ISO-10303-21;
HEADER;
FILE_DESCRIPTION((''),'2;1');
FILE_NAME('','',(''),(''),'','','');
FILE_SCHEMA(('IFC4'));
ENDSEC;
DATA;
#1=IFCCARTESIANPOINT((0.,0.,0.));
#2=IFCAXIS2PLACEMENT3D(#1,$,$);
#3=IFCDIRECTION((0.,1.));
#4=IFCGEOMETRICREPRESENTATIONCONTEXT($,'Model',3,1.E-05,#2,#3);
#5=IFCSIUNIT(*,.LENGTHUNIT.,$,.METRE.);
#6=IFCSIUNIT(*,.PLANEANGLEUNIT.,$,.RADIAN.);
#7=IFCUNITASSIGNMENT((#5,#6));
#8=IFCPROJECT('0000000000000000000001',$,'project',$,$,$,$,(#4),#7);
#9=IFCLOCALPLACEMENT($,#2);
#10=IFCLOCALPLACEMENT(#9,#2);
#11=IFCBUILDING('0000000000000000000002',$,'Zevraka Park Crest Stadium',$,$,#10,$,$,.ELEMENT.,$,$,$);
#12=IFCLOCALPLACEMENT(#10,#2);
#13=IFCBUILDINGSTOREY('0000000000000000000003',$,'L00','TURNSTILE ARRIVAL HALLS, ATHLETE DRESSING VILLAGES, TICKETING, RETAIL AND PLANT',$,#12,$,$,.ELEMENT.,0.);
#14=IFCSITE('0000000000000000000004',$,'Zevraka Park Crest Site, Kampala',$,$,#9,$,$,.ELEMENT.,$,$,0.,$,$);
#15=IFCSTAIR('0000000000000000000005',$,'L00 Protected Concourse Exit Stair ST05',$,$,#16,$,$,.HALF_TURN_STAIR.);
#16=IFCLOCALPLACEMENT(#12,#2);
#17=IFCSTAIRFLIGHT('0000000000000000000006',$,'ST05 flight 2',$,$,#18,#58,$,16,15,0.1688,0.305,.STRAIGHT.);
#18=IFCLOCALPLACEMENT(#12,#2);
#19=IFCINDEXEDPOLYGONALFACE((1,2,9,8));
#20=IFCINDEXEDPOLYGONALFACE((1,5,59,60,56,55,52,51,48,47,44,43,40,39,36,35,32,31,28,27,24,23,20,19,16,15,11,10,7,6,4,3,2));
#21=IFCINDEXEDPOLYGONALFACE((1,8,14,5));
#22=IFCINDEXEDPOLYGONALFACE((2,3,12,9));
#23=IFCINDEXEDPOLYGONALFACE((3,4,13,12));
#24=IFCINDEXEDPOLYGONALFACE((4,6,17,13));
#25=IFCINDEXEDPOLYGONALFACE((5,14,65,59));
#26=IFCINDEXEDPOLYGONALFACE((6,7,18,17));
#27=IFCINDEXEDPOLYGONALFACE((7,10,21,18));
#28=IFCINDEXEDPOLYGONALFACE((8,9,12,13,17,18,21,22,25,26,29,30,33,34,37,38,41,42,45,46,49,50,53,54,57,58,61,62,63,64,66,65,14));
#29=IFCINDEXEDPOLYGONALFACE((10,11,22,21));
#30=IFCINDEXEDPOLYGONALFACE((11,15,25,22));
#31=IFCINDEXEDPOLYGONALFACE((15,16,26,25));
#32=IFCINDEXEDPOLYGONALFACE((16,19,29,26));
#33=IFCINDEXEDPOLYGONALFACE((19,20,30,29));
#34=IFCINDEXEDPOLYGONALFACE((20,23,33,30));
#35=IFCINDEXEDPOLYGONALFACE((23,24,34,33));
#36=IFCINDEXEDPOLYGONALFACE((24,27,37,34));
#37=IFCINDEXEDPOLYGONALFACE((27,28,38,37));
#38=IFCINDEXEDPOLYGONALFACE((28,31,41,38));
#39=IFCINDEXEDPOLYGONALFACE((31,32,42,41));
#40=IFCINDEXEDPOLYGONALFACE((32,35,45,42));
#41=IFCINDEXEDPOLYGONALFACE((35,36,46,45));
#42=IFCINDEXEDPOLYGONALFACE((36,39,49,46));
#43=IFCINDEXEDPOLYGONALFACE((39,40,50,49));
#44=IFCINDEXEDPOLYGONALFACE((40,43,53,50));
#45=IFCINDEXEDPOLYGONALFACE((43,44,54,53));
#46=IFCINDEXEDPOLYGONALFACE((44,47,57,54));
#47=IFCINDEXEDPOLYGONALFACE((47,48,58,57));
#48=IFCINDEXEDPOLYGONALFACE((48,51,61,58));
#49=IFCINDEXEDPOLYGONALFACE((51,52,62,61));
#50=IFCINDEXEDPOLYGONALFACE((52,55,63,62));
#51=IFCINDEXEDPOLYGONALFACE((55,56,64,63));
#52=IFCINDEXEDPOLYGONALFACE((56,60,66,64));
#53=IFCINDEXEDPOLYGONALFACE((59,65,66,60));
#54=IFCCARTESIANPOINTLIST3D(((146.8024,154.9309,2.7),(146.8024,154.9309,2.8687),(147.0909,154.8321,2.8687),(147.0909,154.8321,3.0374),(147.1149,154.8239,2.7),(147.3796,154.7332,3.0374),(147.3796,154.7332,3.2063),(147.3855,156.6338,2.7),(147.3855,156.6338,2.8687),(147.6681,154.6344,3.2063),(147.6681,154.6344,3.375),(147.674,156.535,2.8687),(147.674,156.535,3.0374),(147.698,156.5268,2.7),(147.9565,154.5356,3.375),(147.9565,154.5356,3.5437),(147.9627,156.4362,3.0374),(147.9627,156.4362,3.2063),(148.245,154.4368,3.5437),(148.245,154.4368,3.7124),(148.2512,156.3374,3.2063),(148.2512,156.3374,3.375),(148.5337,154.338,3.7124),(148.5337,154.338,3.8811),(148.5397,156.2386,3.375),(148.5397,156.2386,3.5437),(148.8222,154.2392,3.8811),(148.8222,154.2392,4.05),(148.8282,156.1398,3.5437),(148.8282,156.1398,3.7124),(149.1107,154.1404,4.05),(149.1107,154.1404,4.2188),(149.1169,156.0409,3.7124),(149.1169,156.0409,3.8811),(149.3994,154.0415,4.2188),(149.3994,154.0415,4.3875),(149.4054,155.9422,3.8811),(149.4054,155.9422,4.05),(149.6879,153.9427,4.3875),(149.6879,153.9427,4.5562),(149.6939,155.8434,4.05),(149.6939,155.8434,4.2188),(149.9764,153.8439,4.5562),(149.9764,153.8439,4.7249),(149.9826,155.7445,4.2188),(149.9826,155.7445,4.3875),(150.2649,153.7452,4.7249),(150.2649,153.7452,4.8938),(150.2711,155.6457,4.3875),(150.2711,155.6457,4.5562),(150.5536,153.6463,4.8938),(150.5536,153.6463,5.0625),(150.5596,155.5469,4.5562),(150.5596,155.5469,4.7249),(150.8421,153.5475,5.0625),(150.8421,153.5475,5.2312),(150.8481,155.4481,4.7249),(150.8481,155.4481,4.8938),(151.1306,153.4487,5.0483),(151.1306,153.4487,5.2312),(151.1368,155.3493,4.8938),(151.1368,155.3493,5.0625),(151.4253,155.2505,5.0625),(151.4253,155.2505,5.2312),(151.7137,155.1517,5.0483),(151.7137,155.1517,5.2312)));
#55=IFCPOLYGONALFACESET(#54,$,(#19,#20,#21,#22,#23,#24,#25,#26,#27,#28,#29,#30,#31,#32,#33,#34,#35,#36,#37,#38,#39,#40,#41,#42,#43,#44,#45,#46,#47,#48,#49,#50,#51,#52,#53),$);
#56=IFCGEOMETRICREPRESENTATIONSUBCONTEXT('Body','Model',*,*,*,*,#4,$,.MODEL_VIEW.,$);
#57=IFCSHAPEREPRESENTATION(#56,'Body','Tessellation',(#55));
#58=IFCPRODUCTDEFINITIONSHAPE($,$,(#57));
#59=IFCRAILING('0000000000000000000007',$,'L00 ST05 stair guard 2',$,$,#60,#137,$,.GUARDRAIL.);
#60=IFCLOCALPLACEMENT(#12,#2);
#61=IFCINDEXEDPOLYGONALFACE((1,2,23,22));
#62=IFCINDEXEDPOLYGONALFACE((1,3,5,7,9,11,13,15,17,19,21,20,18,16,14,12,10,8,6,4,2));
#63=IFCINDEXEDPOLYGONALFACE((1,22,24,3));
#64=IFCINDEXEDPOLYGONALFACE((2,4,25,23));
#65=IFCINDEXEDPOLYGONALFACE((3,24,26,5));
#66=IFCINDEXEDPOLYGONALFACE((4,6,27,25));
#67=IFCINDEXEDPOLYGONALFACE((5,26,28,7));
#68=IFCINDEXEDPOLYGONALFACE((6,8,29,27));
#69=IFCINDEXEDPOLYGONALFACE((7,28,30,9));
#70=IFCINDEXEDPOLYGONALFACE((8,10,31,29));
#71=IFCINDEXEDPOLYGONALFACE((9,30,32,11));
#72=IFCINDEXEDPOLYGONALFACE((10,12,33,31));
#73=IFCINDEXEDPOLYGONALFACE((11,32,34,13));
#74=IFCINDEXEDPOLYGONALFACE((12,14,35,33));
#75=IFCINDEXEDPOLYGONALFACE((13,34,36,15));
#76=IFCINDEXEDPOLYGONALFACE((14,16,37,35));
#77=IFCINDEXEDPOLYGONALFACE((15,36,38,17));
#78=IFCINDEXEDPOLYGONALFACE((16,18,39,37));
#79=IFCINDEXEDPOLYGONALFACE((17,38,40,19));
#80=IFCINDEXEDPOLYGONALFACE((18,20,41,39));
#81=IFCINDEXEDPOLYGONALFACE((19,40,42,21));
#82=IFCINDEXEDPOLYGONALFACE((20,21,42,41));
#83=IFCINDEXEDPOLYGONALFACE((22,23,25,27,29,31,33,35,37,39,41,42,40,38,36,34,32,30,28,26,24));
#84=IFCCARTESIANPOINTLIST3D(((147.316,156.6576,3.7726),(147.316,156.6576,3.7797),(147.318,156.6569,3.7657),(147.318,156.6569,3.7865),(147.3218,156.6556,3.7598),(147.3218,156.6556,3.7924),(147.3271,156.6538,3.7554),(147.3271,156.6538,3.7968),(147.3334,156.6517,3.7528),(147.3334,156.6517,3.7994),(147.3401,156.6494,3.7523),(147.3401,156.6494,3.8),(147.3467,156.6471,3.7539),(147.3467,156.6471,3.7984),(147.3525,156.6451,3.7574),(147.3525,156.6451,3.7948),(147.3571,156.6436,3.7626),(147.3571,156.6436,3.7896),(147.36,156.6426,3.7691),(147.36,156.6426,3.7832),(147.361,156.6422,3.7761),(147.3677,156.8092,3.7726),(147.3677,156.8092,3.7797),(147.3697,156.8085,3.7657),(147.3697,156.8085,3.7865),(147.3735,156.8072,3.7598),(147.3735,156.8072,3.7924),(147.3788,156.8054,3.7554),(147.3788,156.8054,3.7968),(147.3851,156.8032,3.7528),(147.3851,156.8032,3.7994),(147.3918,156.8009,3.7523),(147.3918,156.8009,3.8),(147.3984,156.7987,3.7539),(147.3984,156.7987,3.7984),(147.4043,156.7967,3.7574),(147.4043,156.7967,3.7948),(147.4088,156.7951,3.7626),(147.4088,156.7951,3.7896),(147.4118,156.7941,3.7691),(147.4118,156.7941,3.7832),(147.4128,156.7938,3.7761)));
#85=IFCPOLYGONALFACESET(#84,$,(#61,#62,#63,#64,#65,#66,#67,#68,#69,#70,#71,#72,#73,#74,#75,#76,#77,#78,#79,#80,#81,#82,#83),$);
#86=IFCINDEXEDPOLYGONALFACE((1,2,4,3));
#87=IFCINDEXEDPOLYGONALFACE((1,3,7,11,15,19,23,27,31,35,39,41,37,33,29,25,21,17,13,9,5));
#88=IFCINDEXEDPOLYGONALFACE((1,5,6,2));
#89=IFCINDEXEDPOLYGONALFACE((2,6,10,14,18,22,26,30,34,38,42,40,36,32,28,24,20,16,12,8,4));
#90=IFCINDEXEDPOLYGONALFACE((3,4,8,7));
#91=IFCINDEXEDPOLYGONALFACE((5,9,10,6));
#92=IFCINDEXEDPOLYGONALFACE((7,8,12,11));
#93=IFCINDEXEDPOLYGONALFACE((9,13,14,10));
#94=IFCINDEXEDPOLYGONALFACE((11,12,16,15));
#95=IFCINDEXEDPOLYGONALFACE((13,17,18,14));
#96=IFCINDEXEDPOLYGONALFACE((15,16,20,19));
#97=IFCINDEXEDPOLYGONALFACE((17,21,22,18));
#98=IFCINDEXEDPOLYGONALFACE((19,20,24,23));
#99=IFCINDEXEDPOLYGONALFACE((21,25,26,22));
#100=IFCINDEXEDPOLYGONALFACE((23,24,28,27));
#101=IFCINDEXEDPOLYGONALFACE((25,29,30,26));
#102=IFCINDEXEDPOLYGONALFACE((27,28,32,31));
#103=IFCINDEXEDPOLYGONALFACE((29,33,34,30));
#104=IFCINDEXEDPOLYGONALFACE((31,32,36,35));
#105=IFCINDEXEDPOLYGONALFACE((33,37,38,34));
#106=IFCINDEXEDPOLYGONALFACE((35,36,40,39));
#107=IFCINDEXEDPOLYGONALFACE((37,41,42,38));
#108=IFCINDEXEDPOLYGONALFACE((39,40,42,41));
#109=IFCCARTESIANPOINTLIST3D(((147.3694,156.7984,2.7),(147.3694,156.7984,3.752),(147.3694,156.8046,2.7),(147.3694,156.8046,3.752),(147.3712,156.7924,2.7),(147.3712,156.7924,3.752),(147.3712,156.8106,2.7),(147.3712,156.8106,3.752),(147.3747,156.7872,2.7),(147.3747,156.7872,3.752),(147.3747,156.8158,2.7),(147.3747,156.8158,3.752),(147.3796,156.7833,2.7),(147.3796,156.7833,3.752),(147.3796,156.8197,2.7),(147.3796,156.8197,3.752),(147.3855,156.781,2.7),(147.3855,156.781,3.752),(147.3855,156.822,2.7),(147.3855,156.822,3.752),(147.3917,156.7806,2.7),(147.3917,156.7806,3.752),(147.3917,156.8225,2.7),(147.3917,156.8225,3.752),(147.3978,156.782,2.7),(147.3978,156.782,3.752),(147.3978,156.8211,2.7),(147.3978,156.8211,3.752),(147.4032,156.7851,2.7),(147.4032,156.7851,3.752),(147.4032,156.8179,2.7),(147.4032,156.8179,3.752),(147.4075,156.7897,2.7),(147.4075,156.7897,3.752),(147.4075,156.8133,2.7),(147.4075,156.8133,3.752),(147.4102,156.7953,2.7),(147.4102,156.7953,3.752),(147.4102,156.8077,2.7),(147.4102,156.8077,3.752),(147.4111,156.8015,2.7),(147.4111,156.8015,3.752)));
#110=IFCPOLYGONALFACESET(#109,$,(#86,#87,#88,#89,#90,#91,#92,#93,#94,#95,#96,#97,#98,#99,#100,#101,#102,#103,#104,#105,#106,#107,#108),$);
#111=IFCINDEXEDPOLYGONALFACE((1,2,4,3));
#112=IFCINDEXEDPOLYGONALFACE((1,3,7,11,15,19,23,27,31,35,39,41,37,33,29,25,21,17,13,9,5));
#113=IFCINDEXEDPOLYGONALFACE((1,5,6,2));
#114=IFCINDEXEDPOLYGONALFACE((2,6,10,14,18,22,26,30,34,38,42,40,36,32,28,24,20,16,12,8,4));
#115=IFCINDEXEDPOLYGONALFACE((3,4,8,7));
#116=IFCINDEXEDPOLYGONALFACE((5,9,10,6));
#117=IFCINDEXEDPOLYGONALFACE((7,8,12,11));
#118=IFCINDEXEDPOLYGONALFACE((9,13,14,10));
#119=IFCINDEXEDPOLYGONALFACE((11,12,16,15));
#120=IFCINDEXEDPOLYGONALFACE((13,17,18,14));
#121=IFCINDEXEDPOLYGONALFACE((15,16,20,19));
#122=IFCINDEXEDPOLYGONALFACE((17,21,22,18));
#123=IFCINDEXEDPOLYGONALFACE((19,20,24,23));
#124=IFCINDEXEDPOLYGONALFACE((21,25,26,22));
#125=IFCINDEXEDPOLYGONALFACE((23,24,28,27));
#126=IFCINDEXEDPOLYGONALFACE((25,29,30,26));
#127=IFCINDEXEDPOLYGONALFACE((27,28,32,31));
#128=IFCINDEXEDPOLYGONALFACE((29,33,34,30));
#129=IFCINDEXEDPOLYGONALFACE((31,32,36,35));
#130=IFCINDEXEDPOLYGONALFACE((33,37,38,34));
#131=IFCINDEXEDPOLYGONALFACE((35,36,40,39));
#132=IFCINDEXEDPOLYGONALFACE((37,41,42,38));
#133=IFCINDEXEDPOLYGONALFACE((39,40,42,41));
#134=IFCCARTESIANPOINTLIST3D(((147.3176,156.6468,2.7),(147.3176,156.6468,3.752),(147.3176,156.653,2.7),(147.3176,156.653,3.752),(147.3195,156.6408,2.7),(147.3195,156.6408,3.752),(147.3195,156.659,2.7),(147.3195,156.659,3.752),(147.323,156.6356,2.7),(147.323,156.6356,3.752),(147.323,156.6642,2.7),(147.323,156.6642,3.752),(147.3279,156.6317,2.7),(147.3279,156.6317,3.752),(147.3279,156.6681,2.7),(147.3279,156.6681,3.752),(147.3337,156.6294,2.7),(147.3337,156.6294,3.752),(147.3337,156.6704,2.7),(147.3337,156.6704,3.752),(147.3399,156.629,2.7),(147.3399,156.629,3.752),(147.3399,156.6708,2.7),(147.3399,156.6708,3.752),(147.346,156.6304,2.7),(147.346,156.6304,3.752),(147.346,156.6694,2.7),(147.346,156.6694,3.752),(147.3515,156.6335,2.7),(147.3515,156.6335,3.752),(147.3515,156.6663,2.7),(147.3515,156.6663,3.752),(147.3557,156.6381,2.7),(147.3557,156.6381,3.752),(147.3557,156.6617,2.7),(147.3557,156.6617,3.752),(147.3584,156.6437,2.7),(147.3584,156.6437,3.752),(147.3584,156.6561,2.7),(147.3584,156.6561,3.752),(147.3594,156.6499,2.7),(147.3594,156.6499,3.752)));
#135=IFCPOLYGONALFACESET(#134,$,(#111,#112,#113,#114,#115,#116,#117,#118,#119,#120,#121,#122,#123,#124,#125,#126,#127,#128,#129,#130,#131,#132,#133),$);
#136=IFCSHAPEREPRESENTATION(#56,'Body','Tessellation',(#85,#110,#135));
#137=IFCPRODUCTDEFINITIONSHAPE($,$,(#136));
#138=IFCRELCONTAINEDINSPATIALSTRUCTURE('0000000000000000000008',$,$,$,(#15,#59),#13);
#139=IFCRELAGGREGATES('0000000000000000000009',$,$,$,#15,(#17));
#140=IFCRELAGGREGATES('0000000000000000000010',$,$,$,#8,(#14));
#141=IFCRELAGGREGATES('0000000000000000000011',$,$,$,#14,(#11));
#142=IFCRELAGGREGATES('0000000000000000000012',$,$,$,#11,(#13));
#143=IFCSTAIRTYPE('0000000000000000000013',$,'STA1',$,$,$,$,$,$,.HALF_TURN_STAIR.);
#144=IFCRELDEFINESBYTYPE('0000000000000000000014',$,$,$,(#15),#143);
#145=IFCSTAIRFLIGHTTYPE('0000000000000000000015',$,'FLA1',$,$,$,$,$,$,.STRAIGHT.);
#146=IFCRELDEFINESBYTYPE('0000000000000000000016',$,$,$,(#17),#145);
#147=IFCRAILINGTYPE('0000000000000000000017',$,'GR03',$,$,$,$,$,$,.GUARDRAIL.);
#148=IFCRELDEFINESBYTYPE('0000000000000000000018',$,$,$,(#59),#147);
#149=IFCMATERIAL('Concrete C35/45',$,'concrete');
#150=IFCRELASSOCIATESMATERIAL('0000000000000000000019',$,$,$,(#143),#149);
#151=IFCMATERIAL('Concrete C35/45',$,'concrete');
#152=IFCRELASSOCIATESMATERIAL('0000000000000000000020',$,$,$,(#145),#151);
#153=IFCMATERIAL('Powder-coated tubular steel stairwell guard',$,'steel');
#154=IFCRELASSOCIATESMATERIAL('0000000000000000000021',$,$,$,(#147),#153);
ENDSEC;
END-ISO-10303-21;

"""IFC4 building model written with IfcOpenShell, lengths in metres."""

from ifc_helpers import new_model, si_unit, direction, frame, origin, origin_2d, place, context, subcontext, project, spatial, polyline, circle, outline, extrude, material, type_object, element, aggregate, save


model = new_model("IFC4")

# Units and contexts
model_context = context("Model", 3, precision=1e-05, world=origin(), true_north=direction((0.0, 1.0)))
body_context = subcontext(model_context, "Body", "Model", "MODEL_VIEW")
ifc_project = project(units=[si_unit("LENGTHUNIT", "METRE"), si_unit("PLANEANGLEUNIT", "RADIAN")], contexts=[model_context])

# Site, building, storey
site_placement = place(None, origin())
site = spatial("IfcSite", under=ifc_project, at=site_placement, Name="Zevraka Park Crest Site, Kampala", CompositionType="ELEMENT", RefElevation=0.0)
building_placement = place(site_placement, origin())
building = spatial("IfcBuilding", under=site, at=building_placement, Name="Zevraka Park Crest Stadium", CompositionType="ELEMENT")
storey_placement = place(building_placement, origin())
storey = spatial("IfcBuildingStorey", under=building, at=storey_placement, Name="L00", Description="TURNSTILE ARRIVAL HALLS, ATHLETE DRESSING VILLAGES, TICKETING, RETAIL AND PLANT", CompositionType="ELEMENT", Elevation=0.0)

# Stair, stair flight
ifc_material_1 = material(Name="Concrete C35/45", Category="concrete")
stair_type = type_object("IfcStairType", Name="STA1", PredefinedType="HALF_TURN_STAIR", material=ifc_material_1)
stair_placement = place(storey_placement, origin())
stair = element("IfcStair", 1, at=stair_placement, inside=storey, type_object=stair_type, Name="L00 Protected Concourse Exit Stair ST05", PredefinedType="HALF_TURN_STAIR")
ifc_material_2 = material(Name="Concrete C35/45", Category="concrete")
stair_flight_type = type_object("IfcStairFlightType", Name="FLA1", PredefinedType="STRAIGHT", material=ifc_material_2)
stair_flight_placement = place(storey_placement, frame((147.094, 155.7825, 2.7), z_axis=(0.0, 0.0, 1.0), x_axis=(0.946066, -0.323974, 0.0)))
stair_flight = element("IfcStairFlight", 2, at=stair_flight_placement, type_object=stair_flight_type, Name="ST05 flight 2", NumberOfRisers=16, NumberOfTreads=15, PredefinedType="STRAIGHT", RiserHeight=0.1688, TreadLength=0.305, context=body_context, shape_type="SweptSolid", body=[
    extrude(outline(polyline([(0.0, 0.0), (0.0, 0.1687), (0.3049, 0.1687), (0.3049, 0.3374), (0.6101, 0.3374), (0.6101, 0.5063), (0.915, 0.5063), (0.915, 0.675), (1.22, 0.675), (1.22, 0.8438), (1.5249, 0.8438), (1.5249, 1.0125), (1.8301, 1.0125), (1.8301, 1.1812), (2.135, 1.1812), (2.135, 1.3501), (2.4399, 1.3501), (2.4399, 1.5188), (2.7451, 1.5188), (2.7451, 1.6875), (3.05, 1.6875), (3.05, 1.8562), (3.355, 1.8562), (3.355, 2.0249), (3.6599, 2.0249), (3.6599, 2.1938), (3.9651, 2.1938), (3.9651, 2.3625), (4.27, 2.3625), (4.27, 2.5312), (4.575, 2.5312), (4.575, 2.7), (4.575, 2.3484), (0.3303, 0.0), (0.0, 0.0)])), frame((0.0, 0.8999, 0.0), z_axis=(0.0, -1.0, 0.0), x_axis=(1.0, 0.0, 0.0)), (0.0, 0.0, 1.0), 1.8),
])
aggregate(stair, [stair_flight])

# Railing
ifc_material_3 = material(Name="Powder-coated tubular steel stairwell guard", Category="steel")
railing_type_1 = type_object("IfcRailingType", Name="GR03", PredefinedType="GUARDRAIL", material=ifc_material_3)
railing_1_placement = place(storey_placement, frame((147.3901, 156.8015, 2.7)))
element("IfcRailing", 3, at=railing_1_placement, inside=storey, type_object=railing_type_1, Name="L00 ST05 stair guard 2", PredefinedType="GUARDRAIL", context=body_context, shape_type="SweptSolid", body=[
    extrude(circle(Radius=0.0239, at=origin_2d()), frame((0.0, 0.0, 1.0762), z_axis=(-0.323077, -0.946373, 0.0), x_axis=(0.946373, -0.323077, 0.0)), (0.0, 0.0, 1.0), 0.1602),
    extrude(circle(Radius=0.021, at=origin_2d()), origin(), (0.0, 0.0, 1.0), 1.052),
    extrude(circle(Radius=0.021, at=origin_2d()), frame((-0.0518, -0.1516, 0.0)), (0.0, 0.0, 1.0), 1.052),
])

save(model, "model.ifc")
